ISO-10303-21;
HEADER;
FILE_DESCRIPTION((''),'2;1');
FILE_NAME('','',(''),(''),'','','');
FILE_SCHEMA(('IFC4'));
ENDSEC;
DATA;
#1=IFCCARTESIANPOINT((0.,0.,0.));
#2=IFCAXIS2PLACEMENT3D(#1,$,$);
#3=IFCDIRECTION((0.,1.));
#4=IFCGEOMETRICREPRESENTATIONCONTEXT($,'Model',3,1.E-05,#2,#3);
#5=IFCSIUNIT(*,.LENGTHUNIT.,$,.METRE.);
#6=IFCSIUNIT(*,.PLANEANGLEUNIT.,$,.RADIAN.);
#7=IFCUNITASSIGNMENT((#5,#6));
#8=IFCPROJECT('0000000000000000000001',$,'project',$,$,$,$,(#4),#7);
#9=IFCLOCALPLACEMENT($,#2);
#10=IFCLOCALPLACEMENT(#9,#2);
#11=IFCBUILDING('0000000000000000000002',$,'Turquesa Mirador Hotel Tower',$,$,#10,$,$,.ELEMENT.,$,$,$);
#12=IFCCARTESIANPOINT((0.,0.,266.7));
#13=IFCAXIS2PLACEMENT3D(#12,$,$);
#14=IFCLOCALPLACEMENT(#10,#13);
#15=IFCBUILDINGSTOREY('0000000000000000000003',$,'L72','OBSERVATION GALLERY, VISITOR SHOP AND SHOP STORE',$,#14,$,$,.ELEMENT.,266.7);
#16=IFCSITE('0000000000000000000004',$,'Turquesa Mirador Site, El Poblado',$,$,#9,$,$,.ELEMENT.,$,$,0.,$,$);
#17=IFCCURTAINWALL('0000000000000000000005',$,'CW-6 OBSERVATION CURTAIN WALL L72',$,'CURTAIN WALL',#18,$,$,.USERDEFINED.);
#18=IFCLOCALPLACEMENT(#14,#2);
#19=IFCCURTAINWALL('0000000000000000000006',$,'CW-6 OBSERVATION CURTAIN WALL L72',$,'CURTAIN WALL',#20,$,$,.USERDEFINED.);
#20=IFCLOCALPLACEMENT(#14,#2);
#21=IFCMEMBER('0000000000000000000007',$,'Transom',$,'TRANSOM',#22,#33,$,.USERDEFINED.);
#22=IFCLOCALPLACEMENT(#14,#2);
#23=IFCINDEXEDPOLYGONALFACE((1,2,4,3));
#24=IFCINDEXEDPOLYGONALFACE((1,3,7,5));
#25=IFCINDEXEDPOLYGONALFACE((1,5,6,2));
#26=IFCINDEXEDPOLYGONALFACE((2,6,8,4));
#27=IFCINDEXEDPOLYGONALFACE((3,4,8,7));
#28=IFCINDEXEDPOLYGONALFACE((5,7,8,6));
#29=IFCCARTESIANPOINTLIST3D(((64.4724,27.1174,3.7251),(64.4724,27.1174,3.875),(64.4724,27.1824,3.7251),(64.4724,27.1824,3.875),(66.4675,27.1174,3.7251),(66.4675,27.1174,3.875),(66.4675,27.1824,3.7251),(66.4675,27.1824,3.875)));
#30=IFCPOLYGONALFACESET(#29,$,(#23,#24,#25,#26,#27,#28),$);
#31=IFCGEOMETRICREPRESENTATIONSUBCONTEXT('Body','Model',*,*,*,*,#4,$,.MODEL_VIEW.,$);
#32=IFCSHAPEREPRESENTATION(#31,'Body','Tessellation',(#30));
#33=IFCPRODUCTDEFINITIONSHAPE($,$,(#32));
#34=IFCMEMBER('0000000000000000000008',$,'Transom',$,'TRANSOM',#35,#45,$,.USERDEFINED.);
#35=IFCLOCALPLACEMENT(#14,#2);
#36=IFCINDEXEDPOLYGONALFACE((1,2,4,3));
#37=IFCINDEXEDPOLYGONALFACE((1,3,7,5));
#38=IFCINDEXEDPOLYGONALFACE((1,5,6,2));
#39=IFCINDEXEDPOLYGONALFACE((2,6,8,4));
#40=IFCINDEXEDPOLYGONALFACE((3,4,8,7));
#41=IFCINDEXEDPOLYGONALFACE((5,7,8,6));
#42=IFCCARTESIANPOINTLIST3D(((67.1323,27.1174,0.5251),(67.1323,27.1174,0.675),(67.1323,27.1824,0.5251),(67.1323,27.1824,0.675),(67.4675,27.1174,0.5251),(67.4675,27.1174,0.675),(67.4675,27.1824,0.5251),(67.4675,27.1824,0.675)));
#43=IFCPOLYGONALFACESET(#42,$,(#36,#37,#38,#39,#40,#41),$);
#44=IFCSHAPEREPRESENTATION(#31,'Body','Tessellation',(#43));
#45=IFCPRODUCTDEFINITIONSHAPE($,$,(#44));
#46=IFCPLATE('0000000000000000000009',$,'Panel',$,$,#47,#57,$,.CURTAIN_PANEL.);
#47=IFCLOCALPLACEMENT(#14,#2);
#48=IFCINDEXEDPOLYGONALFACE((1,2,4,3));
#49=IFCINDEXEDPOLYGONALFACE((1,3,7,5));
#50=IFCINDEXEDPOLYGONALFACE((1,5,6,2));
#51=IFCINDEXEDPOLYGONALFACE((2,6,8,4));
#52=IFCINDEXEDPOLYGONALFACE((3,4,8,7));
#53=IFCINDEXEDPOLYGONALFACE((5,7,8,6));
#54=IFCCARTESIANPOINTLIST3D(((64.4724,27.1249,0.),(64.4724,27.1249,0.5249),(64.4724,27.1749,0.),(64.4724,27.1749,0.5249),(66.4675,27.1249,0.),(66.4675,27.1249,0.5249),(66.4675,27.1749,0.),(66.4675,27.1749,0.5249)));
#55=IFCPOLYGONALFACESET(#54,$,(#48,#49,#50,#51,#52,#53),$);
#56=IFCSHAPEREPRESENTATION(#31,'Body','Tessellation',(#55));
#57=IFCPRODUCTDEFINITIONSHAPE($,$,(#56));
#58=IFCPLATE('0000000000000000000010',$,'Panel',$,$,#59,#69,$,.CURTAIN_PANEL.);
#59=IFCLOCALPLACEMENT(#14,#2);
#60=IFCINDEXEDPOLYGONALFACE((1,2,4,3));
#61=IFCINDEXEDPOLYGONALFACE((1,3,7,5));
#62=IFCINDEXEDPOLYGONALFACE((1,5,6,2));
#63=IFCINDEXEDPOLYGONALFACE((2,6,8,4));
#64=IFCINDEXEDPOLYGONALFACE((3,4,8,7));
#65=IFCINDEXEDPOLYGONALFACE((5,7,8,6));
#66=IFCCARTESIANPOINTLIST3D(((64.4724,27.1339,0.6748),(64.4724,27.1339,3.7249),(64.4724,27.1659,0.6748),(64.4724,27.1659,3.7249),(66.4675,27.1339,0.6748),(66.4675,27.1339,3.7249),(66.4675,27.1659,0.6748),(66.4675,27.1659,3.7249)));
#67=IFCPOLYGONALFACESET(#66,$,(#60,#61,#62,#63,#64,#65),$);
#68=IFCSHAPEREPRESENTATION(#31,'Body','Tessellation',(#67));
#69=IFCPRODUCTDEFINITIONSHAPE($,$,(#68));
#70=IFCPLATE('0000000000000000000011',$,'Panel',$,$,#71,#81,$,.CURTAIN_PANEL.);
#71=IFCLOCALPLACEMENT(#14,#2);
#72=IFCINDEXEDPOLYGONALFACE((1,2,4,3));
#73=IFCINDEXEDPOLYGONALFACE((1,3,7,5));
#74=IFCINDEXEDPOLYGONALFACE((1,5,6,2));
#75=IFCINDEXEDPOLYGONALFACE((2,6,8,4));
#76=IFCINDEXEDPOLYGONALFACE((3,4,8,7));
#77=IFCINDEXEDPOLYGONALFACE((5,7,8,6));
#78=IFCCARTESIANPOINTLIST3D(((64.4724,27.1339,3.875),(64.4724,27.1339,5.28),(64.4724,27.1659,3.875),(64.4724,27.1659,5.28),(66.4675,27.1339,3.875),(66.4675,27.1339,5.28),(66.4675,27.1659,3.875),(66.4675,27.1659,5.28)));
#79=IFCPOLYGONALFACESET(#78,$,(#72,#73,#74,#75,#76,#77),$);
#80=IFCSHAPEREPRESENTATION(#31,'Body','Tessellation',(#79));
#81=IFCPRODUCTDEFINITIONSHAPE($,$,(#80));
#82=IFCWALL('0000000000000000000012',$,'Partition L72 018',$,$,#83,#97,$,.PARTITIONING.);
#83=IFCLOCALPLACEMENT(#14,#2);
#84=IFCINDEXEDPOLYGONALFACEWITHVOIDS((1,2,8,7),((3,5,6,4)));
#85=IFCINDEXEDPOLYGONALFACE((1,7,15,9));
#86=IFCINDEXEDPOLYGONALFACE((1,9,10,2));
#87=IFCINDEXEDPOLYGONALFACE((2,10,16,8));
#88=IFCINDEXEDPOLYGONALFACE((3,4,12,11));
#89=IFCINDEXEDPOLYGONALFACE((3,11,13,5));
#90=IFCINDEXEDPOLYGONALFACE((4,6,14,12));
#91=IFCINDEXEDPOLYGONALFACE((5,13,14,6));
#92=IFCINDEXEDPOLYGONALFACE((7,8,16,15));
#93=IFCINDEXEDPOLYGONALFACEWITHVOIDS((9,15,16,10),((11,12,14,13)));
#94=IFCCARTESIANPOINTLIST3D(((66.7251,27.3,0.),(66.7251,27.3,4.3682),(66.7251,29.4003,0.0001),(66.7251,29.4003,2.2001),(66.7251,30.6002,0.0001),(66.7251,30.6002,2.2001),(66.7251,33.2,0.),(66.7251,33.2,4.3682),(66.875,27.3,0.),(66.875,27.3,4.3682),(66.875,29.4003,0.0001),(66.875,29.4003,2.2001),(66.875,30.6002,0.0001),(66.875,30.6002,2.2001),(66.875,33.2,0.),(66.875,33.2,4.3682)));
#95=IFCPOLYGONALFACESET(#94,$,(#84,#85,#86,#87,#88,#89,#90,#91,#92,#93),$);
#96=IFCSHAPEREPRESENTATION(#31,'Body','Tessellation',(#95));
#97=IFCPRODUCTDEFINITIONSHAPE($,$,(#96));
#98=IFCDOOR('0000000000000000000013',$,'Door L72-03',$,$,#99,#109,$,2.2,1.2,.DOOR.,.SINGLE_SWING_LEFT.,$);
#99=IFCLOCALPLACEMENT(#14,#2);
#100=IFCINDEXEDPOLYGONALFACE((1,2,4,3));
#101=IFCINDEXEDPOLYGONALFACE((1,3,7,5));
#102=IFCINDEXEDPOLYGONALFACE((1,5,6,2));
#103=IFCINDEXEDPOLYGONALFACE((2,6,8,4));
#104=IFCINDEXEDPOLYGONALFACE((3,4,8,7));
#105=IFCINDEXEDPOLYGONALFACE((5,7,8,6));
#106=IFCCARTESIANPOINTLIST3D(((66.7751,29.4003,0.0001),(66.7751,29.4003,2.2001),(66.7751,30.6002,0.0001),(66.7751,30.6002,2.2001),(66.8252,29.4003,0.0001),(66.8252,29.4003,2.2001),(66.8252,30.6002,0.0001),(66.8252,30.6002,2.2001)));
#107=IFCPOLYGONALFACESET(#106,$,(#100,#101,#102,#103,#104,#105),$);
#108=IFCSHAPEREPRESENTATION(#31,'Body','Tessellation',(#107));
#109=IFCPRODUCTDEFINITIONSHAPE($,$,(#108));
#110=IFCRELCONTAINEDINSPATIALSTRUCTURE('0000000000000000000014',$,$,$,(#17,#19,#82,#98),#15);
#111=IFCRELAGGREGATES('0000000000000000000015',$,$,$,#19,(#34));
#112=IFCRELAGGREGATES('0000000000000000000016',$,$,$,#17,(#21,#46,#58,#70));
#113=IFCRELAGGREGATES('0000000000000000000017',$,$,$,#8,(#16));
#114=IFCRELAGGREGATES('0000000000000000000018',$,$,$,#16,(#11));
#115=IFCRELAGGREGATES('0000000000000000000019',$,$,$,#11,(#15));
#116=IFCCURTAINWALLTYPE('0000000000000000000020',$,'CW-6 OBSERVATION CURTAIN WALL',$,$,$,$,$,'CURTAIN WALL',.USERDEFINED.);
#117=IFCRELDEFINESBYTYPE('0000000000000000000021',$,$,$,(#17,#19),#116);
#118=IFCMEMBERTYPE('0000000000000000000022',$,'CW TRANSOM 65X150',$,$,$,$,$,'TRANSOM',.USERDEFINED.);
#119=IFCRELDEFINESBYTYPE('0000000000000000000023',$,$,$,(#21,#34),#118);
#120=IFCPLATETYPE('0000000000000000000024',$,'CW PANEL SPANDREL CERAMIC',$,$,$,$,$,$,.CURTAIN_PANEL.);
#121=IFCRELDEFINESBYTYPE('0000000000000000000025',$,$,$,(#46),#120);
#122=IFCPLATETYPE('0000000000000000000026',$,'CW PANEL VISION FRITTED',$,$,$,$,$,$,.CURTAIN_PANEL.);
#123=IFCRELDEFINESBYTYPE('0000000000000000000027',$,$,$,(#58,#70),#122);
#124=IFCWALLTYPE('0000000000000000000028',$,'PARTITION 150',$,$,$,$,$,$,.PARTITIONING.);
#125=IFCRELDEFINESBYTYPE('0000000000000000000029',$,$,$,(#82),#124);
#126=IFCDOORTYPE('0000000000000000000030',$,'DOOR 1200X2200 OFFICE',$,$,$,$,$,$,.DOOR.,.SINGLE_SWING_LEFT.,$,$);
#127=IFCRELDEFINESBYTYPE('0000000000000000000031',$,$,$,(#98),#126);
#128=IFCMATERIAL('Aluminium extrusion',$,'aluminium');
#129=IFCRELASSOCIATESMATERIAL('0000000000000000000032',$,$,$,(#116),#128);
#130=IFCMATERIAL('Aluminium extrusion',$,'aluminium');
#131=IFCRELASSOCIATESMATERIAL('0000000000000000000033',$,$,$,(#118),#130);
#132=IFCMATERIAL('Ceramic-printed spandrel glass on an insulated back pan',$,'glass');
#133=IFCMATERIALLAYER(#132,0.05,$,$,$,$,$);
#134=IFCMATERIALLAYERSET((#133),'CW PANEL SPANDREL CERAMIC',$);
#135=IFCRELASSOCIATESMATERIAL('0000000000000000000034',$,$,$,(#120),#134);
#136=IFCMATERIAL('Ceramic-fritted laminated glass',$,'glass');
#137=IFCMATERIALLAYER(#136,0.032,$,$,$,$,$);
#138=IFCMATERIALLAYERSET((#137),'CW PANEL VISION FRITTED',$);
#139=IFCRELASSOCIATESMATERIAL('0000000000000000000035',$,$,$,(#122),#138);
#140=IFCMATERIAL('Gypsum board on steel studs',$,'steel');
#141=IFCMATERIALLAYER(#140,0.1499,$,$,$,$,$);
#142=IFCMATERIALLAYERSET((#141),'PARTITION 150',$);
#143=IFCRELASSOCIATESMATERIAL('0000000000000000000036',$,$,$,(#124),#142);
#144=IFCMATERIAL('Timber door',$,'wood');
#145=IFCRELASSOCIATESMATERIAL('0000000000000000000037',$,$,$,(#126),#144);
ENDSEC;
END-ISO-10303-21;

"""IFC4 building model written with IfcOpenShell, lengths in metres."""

from ifc_helpers import new_model, si_unit, direction, frame, frame_2d, origin, origin_2d, place, context, subcontext, project, spatial, rectangle, extrude, material, layer, layer_set, material_profile, profile_set, type_object, element, fill, aggregate, save


model = new_model("IFC4")

# Units and contexts
model_context = context("Model", 3, precision=1e-05, world=origin(), true_north=direction((0.0, 1.0)))
body_context = subcontext(model_context, "Body", "Model", "MODEL_VIEW")
ifc_project = project(units=[si_unit("LENGTHUNIT", "METRE"), si_unit("PLANEANGLEUNIT", "RADIAN")], contexts=[model_context])

# Site, building, storey
site_placement = place(None, origin())
site = spatial("IfcSite", under=ifc_project, at=site_placement, Name="Turquesa Mirador Site, El Poblado", CompositionType="ELEMENT", RefElevation=0.0)
building_placement = place(site_placement, origin())
building = spatial("IfcBuilding", under=site, at=building_placement, Name="Turquesa Mirador Hotel Tower", CompositionType="ELEMENT")
storey_placement = place(building_placement, frame((0.0, 0.0, 266.7)))
storey = spatial("IfcBuildingStorey", under=building, at=storey_placement, Name="L72", Description="OBSERVATION GALLERY, VISITOR SHOP AND SHOP STORE", CompositionType="ELEMENT", Elevation=266.7)

# Curtain walls
ifc_material_1 = material(Name="Aluminium extrusion", Category="aluminium")
curtain_wall_type = type_object("IfcCurtainWallType", Name="CW-6 OBSERVATION CURTAIN WALL", ElementType="CURTAIN WALL", PredefinedType="USERDEFINED", material=ifc_material_1)
curtain_wall_1_placement = place(storey_placement, origin())
curtain_wall_1 = element("IfcCurtainWall", 1, at=curtain_wall_1_placement, inside=storey, type_object=curtain_wall_type, Name="CW-6 OBSERVATION CURTAIN WALL L72", ObjectType="CURTAIN WALL", PredefinedType="USERDEFINED")
curtain_wall_2_placement = place(storey_placement, origin())
curtain_wall_2 = element("IfcCurtainWall", 2, at=curtain_wall_2_placement, inside=storey, type_object=curtain_wall_type, Name="CW-6 OBSERVATION CURTAIN WALL L72", ObjectType="CURTAIN WALL", PredefinedType="USERDEFINED")

# Members
ifc_material_2 = material(Name="Aluminium extrusion", Category="aluminium")
ifc_material_profile_1 = material_profile(ifc_material_2, rectangle(XDim=0.0649, YDim=0.1499, at=origin_2d()), Name="TRANSOM 65X150")
ifc_profile_set_1 = profile_set([ifc_material_profile_1], Name="Aluminium extrusion")
member_type_1 = type_object("IfcMemberType", Name="CW TRANSOM 65X150", ElementType="TRANSOM", PredefinedType="USERDEFINED", material=ifc_profile_set_1)
member_1_placement = place(storey_placement, frame((64.4724, 27.1499, 3.8), z_axis=(1.0, 0.0, 0.0), x_axis=(0.0, 1.0, 0.0)))
member_1 = element("IfcMember", 3, at=member_1_placement, type_object=member_type_1, Name="Transom", ObjectType="TRANSOM", PredefinedType="USERDEFINED", context=body_context, shape_type="SweptSolid", body=[
    extrude(rectangle(XDim=0.0649, YDim=0.1499, at=origin_2d()), origin(), (0.0, 0.0, 1.0), 1.9951),
])
member_2_placement = place(storey_placement, frame((67.1323, 27.1499, 0.6001), z_axis=(1.0, 0.0, 0.0), x_axis=(0.0, 1.0, 0.0)))
member_2 = element("IfcMember", 4, at=member_2_placement, type_object=member_type_1, Name="Transom", ObjectType="TRANSOM", PredefinedType="USERDEFINED", context=body_context, shape_type="SweptSolid", body=[
    extrude(rectangle(XDim=0.0649, YDim=0.1499, at=origin_2d()), origin(), (0.0, 0.0, 1.0), 0.3352),
])
aggregate(curtain_wall_2, [member_2])

# Plates
ifc_material_3 = material(Name="Ceramic-printed spandrel glass on an insulated back pan", Category="glass")
ifc_layer_1 = layer(ifc_material_3, 0.05)
ifc_layer_set_1 = layer_set([ifc_layer_1], Name="CW PANEL SPANDREL CERAMIC")
plate_type_1 = type_object("IfcPlateType", Name="CW PANEL SPANDREL CERAMIC", PredefinedType="CURTAIN_PANEL", material=ifc_layer_set_1)
plate_1_placement = place(storey_placement, frame((65.47, 27.1499, 0.0), z_axis=(0.0, 0.0, 1.0), x_axis=(1.0, 0.0, 0.0)))
plate_1 = element("IfcPlate", 5, at=plate_1_placement, type_object=plate_type_1, Name="Panel", PredefinedType="CURTAIN_PANEL", context=body_context, shape_type="SweptSolid", body=[
    extrude(rectangle(XDim=1.9951, YDim=0.05, at=origin_2d()), origin(), (0.0, 0.0, 1.0), 0.5249),
])
ifc_material_4 = material(Name="Ceramic-fritted laminated glass", Category="glass")
ifc_layer_2 = layer(ifc_material_4, 0.032)
ifc_layer_set_2 = layer_set([ifc_layer_2], Name="CW PANEL VISION FRITTED")
plate_type_2 = type_object("IfcPlateType", Name="CW PANEL VISION FRITTED", PredefinedType="CURTAIN_PANEL", material=ifc_layer_set_2)
plate_2_placement = place(storey_placement, frame((65.47, 27.1499, 0.6748), z_axis=(0.0, 0.0, 1.0), x_axis=(1.0, 0.0, 0.0)))
plate_2 = element("IfcPlate", 6, at=plate_2_placement, type_object=plate_type_2, Name="Panel", PredefinedType="CURTAIN_PANEL", context=body_context, shape_type="SweptSolid", body=[
    extrude(rectangle(XDim=1.9951, YDim=0.032, at=origin_2d()), origin(), (0.0, 0.0, 1.0), 3.05),
])
plate_3_placement = place(storey_placement, frame((65.47, 27.1499, 3.875), z_axis=(0.0, 0.0, 1.0), x_axis=(1.0, 0.0, 0.0)))
plate_3 = element("IfcPlate", 7, at=plate_3_placement, type_object=plate_type_2, Name="Panel", PredefinedType="CURTAIN_PANEL", context=body_context, shape_type="SweptSolid", body=[
    extrude(rectangle(XDim=1.9951, YDim=0.032, at=origin_2d()), origin(), (0.0, 0.0, 1.0), 1.405),
])
aggregate(curtain_wall_1, [member_1, plate_1, plate_2, plate_3])

# Wall, opening, door
ifc_material_5 = material(Name="Gypsum board on steel studs", Category="steel")
ifc_layer_3 = layer(ifc_material_5, 0.1499)
ifc_layer_set_3 = layer_set([ifc_layer_3], Name="PARTITION 150")
wall_type = type_object("IfcWallType", Name="PARTITION 150", PredefinedType="PARTITIONING", material=ifc_layer_set_3)
wall_placement = place(storey_placement, frame((66.8, 27.3, 0.0), z_axis=(0.0, 0.0, 1.0), x_axis=(0.0, 1.0, 0.0)))
wall = element("IfcWall", 8, at=wall_placement, inside=storey, type_object=wall_type, Name="Partition L72 018", PredefinedType="PARTITIONING", context=body_context, shape_type="SweptSolid", body=[
    extrude(rectangle(XDim=5.8999, YDim=0.1499, at=frame_2d((2.95, 0.0))), origin(), (0.0, 0.0, 1.0), 4.3682),
])
opening_placement = place(wall_placement, frame((2.1001, 0.0, 0.0)))
opening = element("IfcOpeningElement", 9, at=opening_placement, cuts=wall, PredefinedType="OPENING", context=body_context, shape_type="SweptSolid", body=[
    extrude(rectangle(XDim=1.2, YDim=2.2, at=frame_2d((0.6001, 1.1001))), frame((0.0, 0.085, 0.0), z_axis=(0.0, -1.0, 0.0), x_axis=(1.0, 0.0, 0.0)), (0.0, 0.0, 1.0), 0.1699),
])
ifc_material_6 = material(Name="Timber door", Category="wood")
door_type = type_object("IfcDoorType", Name="DOOR 1200X2200 OFFICE", OperationType="SINGLE_SWING_LEFT", PredefinedType="DOOR", material=ifc_material_6)
door_placement = place(opening_placement, origin())
door = element("IfcDoor", 10, at=door_placement, inside=storey, type_object=door_type, Name="Door L72-03", OperationType="SINGLE_SWING_LEFT", OverallHeight=2.2, OverallWidth=1.2, PredefinedType="DOOR", context=body_context, shape_type="SweptSolid", body=[
    extrude(rectangle(XDim=1.2, YDim=2.2, at=frame_2d((0.6001, 1.1001))), frame((0.0, 0.0249, 0.0), z_axis=(0.0, -1.0, 0.0), x_axis=(1.0, 0.0, 0.0)), (0.0, 0.0, 1.0), 0.05),
])
fill(opening, door)

save(model, "model.ifc")
